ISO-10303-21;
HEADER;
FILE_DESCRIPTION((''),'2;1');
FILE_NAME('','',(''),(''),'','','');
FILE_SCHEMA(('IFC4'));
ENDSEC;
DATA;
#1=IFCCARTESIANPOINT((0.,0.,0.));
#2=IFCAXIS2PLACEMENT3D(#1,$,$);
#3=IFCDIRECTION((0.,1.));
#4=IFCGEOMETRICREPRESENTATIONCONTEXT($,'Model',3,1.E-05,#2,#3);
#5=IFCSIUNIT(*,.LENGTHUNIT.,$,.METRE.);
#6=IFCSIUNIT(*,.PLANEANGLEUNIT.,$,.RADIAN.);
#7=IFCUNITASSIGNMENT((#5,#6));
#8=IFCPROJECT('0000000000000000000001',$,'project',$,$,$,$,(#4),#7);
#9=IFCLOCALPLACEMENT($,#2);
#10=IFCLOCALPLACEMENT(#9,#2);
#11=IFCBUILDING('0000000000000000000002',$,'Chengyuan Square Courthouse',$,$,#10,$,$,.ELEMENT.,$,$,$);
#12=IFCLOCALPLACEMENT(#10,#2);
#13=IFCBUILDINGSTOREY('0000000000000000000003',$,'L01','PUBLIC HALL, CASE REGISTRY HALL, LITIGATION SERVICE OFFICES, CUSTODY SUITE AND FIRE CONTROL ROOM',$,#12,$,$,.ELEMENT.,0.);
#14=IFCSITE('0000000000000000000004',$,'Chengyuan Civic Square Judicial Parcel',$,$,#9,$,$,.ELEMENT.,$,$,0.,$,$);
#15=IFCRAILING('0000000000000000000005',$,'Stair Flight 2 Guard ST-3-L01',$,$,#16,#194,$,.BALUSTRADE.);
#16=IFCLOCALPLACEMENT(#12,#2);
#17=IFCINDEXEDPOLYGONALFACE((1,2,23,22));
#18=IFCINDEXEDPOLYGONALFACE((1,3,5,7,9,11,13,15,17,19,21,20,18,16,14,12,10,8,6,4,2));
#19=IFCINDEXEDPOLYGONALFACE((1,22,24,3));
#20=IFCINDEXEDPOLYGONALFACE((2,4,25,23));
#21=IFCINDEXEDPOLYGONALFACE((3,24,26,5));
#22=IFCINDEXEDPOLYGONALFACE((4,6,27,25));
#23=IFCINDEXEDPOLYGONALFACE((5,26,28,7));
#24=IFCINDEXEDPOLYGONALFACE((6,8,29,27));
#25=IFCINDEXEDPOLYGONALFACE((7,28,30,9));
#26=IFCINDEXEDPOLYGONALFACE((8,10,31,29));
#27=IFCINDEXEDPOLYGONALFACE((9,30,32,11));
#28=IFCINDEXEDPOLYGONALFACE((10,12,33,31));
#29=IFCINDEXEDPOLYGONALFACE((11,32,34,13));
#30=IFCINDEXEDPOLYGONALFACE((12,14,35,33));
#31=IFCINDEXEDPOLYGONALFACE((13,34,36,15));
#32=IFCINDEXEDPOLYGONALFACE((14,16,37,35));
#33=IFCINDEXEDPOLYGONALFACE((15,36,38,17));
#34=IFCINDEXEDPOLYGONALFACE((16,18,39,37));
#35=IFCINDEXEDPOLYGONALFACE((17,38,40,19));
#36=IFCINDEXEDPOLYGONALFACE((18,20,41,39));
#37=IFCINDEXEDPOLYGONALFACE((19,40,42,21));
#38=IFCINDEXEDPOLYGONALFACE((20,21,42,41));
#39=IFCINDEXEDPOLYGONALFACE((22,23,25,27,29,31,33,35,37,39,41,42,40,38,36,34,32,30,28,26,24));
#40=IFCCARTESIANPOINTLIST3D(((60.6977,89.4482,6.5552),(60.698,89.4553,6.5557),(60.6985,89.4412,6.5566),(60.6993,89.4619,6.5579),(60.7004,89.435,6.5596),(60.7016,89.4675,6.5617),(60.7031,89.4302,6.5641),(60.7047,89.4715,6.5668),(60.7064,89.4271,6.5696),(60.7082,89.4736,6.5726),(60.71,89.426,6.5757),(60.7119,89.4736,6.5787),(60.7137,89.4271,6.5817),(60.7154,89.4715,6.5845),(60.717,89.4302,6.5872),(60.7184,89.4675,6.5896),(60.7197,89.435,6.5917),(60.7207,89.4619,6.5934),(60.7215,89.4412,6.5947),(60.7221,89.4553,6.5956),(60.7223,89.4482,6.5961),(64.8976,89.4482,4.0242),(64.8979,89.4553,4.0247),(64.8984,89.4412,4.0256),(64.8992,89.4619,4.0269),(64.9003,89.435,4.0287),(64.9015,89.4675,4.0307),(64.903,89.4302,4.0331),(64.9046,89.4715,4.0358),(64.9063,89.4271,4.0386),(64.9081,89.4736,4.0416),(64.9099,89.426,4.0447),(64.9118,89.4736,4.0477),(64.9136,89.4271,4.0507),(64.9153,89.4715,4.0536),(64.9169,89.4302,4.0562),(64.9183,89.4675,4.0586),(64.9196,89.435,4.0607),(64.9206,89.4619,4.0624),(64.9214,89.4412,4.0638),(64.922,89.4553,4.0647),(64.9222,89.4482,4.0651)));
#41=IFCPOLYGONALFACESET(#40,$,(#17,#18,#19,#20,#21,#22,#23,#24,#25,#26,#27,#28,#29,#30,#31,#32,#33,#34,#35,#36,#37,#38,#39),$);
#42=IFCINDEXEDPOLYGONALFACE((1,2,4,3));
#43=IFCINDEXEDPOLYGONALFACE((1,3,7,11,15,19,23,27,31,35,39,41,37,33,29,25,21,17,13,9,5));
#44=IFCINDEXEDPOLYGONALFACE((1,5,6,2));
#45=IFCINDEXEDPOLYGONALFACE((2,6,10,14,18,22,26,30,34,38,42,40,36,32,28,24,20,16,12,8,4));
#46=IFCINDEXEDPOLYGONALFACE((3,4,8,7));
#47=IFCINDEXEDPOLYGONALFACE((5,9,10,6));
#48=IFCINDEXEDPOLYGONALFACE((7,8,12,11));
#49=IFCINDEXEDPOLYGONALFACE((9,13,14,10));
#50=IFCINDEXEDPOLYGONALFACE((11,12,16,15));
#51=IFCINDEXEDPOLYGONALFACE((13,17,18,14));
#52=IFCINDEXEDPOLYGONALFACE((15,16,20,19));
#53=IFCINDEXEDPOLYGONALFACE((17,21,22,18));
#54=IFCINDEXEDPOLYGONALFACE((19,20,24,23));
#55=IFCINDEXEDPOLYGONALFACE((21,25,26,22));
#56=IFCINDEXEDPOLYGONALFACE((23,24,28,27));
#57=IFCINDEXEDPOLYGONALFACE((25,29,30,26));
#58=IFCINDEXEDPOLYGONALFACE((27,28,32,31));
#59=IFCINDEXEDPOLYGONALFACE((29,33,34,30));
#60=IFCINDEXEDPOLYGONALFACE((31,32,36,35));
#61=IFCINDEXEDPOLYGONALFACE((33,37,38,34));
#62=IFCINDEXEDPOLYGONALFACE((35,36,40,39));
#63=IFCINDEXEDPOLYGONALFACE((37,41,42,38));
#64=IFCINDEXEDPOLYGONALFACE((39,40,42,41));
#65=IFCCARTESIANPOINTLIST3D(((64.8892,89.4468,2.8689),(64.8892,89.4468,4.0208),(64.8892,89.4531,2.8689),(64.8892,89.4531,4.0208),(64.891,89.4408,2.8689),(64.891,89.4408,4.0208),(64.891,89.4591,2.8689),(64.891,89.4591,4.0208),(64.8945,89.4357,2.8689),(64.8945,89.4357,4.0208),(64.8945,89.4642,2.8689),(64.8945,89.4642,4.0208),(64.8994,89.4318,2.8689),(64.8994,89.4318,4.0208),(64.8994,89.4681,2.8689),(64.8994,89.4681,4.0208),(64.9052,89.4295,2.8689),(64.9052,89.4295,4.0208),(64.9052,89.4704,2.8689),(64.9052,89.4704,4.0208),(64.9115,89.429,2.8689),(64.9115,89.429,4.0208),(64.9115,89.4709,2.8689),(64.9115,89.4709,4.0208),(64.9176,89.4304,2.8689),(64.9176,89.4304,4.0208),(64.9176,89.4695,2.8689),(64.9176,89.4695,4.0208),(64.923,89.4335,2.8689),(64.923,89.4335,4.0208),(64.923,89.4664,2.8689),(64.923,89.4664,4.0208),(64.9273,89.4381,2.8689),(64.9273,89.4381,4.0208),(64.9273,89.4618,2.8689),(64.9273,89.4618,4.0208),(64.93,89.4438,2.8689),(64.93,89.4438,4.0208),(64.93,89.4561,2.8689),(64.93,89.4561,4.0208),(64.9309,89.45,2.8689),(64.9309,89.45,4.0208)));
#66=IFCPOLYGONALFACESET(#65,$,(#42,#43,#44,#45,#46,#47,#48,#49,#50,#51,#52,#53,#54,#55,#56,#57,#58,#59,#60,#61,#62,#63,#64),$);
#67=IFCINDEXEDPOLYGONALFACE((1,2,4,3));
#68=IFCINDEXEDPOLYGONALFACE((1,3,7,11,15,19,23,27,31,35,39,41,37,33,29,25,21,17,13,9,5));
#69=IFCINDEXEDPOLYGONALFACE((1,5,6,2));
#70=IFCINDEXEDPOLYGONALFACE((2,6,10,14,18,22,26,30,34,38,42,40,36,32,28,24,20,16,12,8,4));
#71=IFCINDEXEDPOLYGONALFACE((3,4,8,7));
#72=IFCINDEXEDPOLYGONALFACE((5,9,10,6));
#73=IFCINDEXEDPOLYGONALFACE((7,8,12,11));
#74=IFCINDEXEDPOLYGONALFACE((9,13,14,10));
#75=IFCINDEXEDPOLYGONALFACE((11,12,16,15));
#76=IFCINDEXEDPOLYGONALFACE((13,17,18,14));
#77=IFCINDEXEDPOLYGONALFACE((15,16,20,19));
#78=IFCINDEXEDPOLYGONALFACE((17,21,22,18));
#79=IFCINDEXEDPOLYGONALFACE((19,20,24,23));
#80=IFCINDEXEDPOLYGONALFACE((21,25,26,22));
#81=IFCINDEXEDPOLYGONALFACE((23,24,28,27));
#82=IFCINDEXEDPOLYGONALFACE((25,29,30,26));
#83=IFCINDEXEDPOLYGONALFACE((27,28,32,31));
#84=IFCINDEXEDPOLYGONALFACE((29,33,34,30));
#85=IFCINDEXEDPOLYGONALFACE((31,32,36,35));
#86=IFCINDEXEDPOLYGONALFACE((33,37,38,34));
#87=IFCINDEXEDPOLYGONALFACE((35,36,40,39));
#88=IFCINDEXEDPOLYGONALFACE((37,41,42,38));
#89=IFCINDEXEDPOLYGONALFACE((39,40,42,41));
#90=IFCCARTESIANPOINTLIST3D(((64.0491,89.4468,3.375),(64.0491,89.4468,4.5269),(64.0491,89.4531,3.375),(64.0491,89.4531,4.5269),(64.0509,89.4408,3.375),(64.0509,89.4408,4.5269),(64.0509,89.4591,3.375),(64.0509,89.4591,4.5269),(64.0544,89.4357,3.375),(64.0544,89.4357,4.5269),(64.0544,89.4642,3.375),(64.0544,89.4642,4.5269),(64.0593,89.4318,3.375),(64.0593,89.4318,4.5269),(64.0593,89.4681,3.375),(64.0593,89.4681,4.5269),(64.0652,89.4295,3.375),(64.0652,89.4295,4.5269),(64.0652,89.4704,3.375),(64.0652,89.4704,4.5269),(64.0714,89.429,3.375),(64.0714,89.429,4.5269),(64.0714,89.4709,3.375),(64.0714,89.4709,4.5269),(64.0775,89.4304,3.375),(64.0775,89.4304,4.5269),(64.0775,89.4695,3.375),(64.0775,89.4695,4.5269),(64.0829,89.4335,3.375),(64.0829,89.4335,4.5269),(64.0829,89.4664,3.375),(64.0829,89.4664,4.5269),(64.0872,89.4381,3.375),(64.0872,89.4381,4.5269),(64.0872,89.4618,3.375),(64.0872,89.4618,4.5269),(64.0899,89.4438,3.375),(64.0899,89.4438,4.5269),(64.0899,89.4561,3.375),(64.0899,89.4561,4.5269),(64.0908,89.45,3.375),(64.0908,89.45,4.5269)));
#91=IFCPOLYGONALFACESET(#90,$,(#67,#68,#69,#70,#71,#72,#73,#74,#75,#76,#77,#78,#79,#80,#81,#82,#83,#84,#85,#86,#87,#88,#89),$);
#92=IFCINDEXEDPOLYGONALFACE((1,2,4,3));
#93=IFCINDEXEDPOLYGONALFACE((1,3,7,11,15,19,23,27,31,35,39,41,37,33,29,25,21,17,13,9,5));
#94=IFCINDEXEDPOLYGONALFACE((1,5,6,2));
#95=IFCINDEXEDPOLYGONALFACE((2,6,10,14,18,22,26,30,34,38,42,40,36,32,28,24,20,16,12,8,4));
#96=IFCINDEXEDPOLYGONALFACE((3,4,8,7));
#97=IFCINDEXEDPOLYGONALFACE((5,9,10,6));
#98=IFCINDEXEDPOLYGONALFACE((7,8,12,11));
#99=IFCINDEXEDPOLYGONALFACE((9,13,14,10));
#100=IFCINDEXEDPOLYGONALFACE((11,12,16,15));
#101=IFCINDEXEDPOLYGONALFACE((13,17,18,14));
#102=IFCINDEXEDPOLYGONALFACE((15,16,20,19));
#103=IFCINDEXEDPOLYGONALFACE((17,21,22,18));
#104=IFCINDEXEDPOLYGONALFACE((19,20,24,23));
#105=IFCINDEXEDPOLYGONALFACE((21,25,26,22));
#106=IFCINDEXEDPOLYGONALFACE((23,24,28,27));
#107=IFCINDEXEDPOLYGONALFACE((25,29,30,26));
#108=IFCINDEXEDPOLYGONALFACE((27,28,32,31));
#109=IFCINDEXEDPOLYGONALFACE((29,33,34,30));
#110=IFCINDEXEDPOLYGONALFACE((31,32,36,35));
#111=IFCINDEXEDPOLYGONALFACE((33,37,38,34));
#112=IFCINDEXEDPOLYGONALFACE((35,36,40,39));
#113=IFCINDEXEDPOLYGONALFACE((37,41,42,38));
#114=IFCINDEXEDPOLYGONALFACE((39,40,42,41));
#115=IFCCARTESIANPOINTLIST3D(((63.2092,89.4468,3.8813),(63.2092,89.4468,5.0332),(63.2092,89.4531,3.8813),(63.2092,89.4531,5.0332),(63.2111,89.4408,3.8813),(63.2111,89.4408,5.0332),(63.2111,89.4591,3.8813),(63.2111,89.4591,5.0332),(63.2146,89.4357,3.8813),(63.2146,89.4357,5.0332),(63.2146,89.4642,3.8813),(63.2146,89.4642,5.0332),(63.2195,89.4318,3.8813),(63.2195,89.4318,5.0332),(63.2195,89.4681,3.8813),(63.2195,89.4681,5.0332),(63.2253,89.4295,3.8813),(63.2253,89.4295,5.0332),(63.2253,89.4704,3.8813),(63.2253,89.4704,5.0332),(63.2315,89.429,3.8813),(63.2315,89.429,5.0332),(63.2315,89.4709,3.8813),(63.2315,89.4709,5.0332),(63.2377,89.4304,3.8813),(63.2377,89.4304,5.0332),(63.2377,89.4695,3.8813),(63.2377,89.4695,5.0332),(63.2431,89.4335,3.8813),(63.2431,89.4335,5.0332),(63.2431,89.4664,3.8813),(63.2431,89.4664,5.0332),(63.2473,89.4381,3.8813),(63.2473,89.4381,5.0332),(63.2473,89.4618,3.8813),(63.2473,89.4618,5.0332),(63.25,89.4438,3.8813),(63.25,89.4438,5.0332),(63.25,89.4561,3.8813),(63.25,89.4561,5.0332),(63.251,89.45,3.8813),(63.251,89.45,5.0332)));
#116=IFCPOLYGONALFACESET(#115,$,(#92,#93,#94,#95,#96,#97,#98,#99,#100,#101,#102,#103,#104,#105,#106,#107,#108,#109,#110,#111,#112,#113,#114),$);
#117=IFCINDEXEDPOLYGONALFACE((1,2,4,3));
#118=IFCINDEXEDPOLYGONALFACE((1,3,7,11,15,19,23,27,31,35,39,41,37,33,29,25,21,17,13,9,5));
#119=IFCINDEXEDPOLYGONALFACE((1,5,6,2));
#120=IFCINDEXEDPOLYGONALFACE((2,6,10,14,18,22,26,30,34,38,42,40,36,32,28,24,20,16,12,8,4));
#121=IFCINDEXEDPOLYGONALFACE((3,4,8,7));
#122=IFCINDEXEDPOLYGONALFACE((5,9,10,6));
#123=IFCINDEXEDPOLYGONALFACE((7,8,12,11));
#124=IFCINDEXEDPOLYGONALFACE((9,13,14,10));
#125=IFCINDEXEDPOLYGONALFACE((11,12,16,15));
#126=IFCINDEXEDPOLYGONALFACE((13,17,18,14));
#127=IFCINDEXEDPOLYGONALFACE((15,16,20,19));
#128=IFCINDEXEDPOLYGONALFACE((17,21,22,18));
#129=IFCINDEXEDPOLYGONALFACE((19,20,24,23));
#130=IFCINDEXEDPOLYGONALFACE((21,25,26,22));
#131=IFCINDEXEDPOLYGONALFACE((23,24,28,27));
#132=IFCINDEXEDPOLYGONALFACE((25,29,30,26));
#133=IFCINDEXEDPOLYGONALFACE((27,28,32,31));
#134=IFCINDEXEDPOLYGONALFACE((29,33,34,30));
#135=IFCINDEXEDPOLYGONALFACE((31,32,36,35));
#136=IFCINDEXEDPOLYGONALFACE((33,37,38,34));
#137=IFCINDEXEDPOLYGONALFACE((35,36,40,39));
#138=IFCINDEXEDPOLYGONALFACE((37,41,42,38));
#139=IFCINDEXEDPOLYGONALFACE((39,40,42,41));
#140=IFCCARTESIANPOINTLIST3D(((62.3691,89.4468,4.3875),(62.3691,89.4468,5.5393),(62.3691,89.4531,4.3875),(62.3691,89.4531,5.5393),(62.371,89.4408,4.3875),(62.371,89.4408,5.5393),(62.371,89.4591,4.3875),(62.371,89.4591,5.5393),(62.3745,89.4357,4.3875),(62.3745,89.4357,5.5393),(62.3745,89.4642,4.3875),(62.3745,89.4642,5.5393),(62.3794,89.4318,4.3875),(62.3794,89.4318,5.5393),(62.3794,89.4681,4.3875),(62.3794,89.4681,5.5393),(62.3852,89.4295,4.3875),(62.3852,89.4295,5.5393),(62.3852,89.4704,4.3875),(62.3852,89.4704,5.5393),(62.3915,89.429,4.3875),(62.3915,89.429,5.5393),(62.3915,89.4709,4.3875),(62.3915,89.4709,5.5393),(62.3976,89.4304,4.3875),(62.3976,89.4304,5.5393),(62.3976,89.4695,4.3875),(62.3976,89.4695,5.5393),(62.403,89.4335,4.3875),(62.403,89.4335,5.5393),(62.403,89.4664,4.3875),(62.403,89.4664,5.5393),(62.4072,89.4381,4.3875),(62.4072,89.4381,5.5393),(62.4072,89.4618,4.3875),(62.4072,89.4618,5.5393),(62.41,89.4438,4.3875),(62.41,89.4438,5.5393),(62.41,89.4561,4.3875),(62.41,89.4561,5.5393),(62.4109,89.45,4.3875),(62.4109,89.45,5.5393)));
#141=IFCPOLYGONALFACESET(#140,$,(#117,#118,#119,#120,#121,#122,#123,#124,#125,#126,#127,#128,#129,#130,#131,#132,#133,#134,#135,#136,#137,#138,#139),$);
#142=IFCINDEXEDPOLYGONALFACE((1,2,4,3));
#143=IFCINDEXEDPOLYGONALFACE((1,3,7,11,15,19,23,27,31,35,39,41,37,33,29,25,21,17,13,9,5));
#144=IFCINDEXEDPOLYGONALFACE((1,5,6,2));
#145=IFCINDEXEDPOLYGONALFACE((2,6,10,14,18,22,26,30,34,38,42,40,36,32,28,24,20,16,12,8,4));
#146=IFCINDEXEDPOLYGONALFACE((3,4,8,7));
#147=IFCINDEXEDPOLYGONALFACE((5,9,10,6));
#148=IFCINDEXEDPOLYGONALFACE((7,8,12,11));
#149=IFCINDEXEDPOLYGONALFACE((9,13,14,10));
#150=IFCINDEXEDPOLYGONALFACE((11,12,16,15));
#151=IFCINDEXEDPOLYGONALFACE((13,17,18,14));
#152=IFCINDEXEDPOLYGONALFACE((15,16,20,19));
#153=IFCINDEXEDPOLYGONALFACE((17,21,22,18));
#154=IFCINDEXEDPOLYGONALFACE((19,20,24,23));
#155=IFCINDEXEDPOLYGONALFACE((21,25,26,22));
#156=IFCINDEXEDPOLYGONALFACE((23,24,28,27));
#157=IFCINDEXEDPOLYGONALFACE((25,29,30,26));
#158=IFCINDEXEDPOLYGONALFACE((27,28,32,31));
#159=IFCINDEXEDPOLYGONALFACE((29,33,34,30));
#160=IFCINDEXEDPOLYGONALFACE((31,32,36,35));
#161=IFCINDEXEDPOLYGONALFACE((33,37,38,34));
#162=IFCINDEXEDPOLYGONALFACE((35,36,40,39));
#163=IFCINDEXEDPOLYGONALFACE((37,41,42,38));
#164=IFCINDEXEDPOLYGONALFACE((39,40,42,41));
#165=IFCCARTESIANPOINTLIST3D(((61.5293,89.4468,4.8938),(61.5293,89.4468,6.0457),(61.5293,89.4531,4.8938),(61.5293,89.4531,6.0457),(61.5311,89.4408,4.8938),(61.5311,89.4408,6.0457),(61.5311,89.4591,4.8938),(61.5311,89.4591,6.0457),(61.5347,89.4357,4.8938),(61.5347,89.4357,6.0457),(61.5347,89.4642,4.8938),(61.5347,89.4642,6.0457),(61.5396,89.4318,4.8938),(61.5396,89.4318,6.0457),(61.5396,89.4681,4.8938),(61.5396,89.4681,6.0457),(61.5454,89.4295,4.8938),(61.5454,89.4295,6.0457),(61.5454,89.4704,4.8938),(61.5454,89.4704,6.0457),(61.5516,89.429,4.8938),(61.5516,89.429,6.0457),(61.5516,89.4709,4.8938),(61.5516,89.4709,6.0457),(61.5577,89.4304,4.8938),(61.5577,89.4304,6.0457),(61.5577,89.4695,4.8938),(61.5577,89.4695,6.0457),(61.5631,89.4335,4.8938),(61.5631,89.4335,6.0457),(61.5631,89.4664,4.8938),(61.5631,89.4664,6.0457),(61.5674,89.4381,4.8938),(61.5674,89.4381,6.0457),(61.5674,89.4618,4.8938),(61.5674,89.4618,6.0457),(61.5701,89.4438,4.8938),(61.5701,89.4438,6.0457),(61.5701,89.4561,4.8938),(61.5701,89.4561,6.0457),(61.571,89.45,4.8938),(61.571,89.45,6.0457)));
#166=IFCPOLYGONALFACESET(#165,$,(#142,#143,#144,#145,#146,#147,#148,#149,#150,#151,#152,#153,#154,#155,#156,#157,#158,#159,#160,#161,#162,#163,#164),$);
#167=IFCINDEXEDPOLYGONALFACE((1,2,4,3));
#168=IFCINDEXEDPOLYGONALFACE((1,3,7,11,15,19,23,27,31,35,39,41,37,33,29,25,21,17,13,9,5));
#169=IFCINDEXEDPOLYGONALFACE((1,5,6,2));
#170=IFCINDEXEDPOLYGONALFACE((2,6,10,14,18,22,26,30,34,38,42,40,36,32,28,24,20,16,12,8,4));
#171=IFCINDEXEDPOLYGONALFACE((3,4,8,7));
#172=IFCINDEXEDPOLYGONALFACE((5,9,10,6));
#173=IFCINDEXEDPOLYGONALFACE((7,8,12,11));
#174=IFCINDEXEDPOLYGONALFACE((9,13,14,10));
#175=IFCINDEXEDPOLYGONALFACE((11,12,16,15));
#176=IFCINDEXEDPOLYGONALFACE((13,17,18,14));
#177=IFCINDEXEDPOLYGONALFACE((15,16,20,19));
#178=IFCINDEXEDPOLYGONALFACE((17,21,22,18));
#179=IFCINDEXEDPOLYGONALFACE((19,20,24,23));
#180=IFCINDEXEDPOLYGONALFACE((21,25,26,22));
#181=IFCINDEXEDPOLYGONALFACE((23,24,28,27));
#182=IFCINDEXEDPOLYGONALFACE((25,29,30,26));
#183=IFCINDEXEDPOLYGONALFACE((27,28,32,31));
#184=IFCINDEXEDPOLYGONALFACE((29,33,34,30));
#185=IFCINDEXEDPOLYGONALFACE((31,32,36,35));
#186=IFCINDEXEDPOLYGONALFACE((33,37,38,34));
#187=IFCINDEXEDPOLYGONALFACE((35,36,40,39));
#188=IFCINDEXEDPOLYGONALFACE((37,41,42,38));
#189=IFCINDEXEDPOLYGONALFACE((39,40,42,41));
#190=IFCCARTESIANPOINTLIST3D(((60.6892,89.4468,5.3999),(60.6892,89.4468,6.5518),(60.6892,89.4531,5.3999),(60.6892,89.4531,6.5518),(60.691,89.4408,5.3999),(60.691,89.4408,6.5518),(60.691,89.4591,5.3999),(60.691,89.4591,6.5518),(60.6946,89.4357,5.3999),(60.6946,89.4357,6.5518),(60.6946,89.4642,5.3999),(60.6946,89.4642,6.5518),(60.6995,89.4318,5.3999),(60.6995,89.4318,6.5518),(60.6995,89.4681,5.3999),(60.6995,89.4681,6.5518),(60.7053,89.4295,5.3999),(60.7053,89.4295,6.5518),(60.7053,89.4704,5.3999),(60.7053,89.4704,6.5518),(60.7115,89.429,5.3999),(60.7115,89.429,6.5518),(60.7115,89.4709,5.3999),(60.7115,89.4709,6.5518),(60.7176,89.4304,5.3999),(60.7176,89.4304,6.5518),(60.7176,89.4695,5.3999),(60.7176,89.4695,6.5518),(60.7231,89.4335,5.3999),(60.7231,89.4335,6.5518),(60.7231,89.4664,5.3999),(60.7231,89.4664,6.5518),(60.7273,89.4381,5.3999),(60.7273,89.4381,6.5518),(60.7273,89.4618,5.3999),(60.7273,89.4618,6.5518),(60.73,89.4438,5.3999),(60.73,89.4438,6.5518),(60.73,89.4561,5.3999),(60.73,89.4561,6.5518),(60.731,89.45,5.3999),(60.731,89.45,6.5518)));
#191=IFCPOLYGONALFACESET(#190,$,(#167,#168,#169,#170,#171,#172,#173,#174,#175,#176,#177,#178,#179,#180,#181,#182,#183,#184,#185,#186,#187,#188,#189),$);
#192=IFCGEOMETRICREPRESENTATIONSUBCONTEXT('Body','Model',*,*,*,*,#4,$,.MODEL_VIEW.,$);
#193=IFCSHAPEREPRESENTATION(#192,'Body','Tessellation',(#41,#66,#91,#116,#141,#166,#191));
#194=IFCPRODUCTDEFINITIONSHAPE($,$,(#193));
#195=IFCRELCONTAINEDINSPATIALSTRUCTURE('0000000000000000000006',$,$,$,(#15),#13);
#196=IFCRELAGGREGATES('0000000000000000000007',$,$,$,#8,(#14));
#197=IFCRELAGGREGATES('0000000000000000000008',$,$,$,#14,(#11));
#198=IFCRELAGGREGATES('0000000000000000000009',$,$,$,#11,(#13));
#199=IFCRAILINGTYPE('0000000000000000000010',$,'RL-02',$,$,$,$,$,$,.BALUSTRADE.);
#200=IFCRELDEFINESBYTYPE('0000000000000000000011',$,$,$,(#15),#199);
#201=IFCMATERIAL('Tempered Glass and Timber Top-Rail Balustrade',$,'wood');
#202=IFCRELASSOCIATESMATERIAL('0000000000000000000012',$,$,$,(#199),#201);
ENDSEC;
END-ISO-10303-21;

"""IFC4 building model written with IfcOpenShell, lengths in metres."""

from ifc_helpers import new_model, si_unit, direction, frame, origin, origin_2d, place, context, subcontext, project, spatial, circle, extrude, material, type_object, element, save


model = new_model("IFC4")

# Units and contexts
model_context = context("Model", 3, precision=1e-05, world=origin(), true_north=direction((0.0, 1.0)))
body_context = subcontext(model_context, "Body", "Model", "MODEL_VIEW")
ifc_project = project(units=[si_unit("LENGTHUNIT", "METRE"), si_unit("PLANEANGLEUNIT", "RADIAN")], contexts=[model_context])

# Site, building, storey
site_placement = place(None, origin())
site = spatial("IfcSite", under=ifc_project, at=site_placement, Name="Chengyuan Civic Square Judicial Parcel", CompositionType="ELEMENT", RefElevation=0.0)
building_placement = place(site_placement, origin())
building = spatial("IfcBuilding", under=site, at=building_placement, Name="Chengyuan Square Courthouse", CompositionType="ELEMENT")
storey_placement = place(building_placement, origin())
storey = spatial("IfcBuildingStorey", under=building, at=storey_placement, Name="L01", Description="PUBLIC HALL, CASE REGISTRY HALL, LITIGATION SERVICE OFFICES, CUSTODY SUITE AND FIRE CONTROL ROOM", CompositionType="ELEMENT", Elevation=0.0)

# Railing
ifc_material_1 = material(Name="Tempered Glass and Timber Top-Rail Balustrade", Category="wood")
railing_type_1 = type_object("IfcRailingType", Name="RL-02", PredefinedType="BALUSTRADE", material=ifc_material_1)
railing_1_placement = place(storey_placement, frame((64.9099, 89.45, 2.8689)))
element("IfcRailing", 1, at=railing_1_placement, inside=storey, type_object=railing_type_1, Name="Stair Flight 2 Guard ST-3-L01", PredefinedType="BALUSTRADE", context=body_context, shape_type="SweptSolid", body=[
    extrude(circle(Radius=0.0239, at=origin_2d()), frame((0.0, 0.0, 1.1758), z_axis=(-0.856499, 0.0, 0.51615), x_axis=(0.0, -1.0, 0.0)), (0.0, 0.0, 1.0), 4.9036),
    extrude(circle(Radius=0.021, at=origin_2d()), origin(), (0.0, 0.0, 1.0), 1.1519),
    extrude(circle(Radius=0.021, at=origin_2d()), frame((-0.8401, 0.0, 0.5061)), (0.0, 0.0, 1.0), 1.1519),
    extrude(circle(Radius=0.021, at=origin_2d()), frame((-1.6799, 0.0, 1.0125)), (0.0, 0.0, 1.0), 1.1519),
    extrude(circle(Radius=0.021, at=origin_2d()), frame((-2.52, 0.0, 1.5186)), (0.0, 0.0, 1.0), 1.1519),
    extrude(circle(Radius=0.021, at=origin_2d()), frame((-3.3599, 0.0, 2.0249)), (0.0, 0.0, 1.0), 1.1519),
    extrude(circle(Radius=0.021, at=origin_2d()), frame((-4.2, 0.0, 2.531)), (0.0, 0.0, 1.0), 1.1519),
])

save(model, "model.ifc")
